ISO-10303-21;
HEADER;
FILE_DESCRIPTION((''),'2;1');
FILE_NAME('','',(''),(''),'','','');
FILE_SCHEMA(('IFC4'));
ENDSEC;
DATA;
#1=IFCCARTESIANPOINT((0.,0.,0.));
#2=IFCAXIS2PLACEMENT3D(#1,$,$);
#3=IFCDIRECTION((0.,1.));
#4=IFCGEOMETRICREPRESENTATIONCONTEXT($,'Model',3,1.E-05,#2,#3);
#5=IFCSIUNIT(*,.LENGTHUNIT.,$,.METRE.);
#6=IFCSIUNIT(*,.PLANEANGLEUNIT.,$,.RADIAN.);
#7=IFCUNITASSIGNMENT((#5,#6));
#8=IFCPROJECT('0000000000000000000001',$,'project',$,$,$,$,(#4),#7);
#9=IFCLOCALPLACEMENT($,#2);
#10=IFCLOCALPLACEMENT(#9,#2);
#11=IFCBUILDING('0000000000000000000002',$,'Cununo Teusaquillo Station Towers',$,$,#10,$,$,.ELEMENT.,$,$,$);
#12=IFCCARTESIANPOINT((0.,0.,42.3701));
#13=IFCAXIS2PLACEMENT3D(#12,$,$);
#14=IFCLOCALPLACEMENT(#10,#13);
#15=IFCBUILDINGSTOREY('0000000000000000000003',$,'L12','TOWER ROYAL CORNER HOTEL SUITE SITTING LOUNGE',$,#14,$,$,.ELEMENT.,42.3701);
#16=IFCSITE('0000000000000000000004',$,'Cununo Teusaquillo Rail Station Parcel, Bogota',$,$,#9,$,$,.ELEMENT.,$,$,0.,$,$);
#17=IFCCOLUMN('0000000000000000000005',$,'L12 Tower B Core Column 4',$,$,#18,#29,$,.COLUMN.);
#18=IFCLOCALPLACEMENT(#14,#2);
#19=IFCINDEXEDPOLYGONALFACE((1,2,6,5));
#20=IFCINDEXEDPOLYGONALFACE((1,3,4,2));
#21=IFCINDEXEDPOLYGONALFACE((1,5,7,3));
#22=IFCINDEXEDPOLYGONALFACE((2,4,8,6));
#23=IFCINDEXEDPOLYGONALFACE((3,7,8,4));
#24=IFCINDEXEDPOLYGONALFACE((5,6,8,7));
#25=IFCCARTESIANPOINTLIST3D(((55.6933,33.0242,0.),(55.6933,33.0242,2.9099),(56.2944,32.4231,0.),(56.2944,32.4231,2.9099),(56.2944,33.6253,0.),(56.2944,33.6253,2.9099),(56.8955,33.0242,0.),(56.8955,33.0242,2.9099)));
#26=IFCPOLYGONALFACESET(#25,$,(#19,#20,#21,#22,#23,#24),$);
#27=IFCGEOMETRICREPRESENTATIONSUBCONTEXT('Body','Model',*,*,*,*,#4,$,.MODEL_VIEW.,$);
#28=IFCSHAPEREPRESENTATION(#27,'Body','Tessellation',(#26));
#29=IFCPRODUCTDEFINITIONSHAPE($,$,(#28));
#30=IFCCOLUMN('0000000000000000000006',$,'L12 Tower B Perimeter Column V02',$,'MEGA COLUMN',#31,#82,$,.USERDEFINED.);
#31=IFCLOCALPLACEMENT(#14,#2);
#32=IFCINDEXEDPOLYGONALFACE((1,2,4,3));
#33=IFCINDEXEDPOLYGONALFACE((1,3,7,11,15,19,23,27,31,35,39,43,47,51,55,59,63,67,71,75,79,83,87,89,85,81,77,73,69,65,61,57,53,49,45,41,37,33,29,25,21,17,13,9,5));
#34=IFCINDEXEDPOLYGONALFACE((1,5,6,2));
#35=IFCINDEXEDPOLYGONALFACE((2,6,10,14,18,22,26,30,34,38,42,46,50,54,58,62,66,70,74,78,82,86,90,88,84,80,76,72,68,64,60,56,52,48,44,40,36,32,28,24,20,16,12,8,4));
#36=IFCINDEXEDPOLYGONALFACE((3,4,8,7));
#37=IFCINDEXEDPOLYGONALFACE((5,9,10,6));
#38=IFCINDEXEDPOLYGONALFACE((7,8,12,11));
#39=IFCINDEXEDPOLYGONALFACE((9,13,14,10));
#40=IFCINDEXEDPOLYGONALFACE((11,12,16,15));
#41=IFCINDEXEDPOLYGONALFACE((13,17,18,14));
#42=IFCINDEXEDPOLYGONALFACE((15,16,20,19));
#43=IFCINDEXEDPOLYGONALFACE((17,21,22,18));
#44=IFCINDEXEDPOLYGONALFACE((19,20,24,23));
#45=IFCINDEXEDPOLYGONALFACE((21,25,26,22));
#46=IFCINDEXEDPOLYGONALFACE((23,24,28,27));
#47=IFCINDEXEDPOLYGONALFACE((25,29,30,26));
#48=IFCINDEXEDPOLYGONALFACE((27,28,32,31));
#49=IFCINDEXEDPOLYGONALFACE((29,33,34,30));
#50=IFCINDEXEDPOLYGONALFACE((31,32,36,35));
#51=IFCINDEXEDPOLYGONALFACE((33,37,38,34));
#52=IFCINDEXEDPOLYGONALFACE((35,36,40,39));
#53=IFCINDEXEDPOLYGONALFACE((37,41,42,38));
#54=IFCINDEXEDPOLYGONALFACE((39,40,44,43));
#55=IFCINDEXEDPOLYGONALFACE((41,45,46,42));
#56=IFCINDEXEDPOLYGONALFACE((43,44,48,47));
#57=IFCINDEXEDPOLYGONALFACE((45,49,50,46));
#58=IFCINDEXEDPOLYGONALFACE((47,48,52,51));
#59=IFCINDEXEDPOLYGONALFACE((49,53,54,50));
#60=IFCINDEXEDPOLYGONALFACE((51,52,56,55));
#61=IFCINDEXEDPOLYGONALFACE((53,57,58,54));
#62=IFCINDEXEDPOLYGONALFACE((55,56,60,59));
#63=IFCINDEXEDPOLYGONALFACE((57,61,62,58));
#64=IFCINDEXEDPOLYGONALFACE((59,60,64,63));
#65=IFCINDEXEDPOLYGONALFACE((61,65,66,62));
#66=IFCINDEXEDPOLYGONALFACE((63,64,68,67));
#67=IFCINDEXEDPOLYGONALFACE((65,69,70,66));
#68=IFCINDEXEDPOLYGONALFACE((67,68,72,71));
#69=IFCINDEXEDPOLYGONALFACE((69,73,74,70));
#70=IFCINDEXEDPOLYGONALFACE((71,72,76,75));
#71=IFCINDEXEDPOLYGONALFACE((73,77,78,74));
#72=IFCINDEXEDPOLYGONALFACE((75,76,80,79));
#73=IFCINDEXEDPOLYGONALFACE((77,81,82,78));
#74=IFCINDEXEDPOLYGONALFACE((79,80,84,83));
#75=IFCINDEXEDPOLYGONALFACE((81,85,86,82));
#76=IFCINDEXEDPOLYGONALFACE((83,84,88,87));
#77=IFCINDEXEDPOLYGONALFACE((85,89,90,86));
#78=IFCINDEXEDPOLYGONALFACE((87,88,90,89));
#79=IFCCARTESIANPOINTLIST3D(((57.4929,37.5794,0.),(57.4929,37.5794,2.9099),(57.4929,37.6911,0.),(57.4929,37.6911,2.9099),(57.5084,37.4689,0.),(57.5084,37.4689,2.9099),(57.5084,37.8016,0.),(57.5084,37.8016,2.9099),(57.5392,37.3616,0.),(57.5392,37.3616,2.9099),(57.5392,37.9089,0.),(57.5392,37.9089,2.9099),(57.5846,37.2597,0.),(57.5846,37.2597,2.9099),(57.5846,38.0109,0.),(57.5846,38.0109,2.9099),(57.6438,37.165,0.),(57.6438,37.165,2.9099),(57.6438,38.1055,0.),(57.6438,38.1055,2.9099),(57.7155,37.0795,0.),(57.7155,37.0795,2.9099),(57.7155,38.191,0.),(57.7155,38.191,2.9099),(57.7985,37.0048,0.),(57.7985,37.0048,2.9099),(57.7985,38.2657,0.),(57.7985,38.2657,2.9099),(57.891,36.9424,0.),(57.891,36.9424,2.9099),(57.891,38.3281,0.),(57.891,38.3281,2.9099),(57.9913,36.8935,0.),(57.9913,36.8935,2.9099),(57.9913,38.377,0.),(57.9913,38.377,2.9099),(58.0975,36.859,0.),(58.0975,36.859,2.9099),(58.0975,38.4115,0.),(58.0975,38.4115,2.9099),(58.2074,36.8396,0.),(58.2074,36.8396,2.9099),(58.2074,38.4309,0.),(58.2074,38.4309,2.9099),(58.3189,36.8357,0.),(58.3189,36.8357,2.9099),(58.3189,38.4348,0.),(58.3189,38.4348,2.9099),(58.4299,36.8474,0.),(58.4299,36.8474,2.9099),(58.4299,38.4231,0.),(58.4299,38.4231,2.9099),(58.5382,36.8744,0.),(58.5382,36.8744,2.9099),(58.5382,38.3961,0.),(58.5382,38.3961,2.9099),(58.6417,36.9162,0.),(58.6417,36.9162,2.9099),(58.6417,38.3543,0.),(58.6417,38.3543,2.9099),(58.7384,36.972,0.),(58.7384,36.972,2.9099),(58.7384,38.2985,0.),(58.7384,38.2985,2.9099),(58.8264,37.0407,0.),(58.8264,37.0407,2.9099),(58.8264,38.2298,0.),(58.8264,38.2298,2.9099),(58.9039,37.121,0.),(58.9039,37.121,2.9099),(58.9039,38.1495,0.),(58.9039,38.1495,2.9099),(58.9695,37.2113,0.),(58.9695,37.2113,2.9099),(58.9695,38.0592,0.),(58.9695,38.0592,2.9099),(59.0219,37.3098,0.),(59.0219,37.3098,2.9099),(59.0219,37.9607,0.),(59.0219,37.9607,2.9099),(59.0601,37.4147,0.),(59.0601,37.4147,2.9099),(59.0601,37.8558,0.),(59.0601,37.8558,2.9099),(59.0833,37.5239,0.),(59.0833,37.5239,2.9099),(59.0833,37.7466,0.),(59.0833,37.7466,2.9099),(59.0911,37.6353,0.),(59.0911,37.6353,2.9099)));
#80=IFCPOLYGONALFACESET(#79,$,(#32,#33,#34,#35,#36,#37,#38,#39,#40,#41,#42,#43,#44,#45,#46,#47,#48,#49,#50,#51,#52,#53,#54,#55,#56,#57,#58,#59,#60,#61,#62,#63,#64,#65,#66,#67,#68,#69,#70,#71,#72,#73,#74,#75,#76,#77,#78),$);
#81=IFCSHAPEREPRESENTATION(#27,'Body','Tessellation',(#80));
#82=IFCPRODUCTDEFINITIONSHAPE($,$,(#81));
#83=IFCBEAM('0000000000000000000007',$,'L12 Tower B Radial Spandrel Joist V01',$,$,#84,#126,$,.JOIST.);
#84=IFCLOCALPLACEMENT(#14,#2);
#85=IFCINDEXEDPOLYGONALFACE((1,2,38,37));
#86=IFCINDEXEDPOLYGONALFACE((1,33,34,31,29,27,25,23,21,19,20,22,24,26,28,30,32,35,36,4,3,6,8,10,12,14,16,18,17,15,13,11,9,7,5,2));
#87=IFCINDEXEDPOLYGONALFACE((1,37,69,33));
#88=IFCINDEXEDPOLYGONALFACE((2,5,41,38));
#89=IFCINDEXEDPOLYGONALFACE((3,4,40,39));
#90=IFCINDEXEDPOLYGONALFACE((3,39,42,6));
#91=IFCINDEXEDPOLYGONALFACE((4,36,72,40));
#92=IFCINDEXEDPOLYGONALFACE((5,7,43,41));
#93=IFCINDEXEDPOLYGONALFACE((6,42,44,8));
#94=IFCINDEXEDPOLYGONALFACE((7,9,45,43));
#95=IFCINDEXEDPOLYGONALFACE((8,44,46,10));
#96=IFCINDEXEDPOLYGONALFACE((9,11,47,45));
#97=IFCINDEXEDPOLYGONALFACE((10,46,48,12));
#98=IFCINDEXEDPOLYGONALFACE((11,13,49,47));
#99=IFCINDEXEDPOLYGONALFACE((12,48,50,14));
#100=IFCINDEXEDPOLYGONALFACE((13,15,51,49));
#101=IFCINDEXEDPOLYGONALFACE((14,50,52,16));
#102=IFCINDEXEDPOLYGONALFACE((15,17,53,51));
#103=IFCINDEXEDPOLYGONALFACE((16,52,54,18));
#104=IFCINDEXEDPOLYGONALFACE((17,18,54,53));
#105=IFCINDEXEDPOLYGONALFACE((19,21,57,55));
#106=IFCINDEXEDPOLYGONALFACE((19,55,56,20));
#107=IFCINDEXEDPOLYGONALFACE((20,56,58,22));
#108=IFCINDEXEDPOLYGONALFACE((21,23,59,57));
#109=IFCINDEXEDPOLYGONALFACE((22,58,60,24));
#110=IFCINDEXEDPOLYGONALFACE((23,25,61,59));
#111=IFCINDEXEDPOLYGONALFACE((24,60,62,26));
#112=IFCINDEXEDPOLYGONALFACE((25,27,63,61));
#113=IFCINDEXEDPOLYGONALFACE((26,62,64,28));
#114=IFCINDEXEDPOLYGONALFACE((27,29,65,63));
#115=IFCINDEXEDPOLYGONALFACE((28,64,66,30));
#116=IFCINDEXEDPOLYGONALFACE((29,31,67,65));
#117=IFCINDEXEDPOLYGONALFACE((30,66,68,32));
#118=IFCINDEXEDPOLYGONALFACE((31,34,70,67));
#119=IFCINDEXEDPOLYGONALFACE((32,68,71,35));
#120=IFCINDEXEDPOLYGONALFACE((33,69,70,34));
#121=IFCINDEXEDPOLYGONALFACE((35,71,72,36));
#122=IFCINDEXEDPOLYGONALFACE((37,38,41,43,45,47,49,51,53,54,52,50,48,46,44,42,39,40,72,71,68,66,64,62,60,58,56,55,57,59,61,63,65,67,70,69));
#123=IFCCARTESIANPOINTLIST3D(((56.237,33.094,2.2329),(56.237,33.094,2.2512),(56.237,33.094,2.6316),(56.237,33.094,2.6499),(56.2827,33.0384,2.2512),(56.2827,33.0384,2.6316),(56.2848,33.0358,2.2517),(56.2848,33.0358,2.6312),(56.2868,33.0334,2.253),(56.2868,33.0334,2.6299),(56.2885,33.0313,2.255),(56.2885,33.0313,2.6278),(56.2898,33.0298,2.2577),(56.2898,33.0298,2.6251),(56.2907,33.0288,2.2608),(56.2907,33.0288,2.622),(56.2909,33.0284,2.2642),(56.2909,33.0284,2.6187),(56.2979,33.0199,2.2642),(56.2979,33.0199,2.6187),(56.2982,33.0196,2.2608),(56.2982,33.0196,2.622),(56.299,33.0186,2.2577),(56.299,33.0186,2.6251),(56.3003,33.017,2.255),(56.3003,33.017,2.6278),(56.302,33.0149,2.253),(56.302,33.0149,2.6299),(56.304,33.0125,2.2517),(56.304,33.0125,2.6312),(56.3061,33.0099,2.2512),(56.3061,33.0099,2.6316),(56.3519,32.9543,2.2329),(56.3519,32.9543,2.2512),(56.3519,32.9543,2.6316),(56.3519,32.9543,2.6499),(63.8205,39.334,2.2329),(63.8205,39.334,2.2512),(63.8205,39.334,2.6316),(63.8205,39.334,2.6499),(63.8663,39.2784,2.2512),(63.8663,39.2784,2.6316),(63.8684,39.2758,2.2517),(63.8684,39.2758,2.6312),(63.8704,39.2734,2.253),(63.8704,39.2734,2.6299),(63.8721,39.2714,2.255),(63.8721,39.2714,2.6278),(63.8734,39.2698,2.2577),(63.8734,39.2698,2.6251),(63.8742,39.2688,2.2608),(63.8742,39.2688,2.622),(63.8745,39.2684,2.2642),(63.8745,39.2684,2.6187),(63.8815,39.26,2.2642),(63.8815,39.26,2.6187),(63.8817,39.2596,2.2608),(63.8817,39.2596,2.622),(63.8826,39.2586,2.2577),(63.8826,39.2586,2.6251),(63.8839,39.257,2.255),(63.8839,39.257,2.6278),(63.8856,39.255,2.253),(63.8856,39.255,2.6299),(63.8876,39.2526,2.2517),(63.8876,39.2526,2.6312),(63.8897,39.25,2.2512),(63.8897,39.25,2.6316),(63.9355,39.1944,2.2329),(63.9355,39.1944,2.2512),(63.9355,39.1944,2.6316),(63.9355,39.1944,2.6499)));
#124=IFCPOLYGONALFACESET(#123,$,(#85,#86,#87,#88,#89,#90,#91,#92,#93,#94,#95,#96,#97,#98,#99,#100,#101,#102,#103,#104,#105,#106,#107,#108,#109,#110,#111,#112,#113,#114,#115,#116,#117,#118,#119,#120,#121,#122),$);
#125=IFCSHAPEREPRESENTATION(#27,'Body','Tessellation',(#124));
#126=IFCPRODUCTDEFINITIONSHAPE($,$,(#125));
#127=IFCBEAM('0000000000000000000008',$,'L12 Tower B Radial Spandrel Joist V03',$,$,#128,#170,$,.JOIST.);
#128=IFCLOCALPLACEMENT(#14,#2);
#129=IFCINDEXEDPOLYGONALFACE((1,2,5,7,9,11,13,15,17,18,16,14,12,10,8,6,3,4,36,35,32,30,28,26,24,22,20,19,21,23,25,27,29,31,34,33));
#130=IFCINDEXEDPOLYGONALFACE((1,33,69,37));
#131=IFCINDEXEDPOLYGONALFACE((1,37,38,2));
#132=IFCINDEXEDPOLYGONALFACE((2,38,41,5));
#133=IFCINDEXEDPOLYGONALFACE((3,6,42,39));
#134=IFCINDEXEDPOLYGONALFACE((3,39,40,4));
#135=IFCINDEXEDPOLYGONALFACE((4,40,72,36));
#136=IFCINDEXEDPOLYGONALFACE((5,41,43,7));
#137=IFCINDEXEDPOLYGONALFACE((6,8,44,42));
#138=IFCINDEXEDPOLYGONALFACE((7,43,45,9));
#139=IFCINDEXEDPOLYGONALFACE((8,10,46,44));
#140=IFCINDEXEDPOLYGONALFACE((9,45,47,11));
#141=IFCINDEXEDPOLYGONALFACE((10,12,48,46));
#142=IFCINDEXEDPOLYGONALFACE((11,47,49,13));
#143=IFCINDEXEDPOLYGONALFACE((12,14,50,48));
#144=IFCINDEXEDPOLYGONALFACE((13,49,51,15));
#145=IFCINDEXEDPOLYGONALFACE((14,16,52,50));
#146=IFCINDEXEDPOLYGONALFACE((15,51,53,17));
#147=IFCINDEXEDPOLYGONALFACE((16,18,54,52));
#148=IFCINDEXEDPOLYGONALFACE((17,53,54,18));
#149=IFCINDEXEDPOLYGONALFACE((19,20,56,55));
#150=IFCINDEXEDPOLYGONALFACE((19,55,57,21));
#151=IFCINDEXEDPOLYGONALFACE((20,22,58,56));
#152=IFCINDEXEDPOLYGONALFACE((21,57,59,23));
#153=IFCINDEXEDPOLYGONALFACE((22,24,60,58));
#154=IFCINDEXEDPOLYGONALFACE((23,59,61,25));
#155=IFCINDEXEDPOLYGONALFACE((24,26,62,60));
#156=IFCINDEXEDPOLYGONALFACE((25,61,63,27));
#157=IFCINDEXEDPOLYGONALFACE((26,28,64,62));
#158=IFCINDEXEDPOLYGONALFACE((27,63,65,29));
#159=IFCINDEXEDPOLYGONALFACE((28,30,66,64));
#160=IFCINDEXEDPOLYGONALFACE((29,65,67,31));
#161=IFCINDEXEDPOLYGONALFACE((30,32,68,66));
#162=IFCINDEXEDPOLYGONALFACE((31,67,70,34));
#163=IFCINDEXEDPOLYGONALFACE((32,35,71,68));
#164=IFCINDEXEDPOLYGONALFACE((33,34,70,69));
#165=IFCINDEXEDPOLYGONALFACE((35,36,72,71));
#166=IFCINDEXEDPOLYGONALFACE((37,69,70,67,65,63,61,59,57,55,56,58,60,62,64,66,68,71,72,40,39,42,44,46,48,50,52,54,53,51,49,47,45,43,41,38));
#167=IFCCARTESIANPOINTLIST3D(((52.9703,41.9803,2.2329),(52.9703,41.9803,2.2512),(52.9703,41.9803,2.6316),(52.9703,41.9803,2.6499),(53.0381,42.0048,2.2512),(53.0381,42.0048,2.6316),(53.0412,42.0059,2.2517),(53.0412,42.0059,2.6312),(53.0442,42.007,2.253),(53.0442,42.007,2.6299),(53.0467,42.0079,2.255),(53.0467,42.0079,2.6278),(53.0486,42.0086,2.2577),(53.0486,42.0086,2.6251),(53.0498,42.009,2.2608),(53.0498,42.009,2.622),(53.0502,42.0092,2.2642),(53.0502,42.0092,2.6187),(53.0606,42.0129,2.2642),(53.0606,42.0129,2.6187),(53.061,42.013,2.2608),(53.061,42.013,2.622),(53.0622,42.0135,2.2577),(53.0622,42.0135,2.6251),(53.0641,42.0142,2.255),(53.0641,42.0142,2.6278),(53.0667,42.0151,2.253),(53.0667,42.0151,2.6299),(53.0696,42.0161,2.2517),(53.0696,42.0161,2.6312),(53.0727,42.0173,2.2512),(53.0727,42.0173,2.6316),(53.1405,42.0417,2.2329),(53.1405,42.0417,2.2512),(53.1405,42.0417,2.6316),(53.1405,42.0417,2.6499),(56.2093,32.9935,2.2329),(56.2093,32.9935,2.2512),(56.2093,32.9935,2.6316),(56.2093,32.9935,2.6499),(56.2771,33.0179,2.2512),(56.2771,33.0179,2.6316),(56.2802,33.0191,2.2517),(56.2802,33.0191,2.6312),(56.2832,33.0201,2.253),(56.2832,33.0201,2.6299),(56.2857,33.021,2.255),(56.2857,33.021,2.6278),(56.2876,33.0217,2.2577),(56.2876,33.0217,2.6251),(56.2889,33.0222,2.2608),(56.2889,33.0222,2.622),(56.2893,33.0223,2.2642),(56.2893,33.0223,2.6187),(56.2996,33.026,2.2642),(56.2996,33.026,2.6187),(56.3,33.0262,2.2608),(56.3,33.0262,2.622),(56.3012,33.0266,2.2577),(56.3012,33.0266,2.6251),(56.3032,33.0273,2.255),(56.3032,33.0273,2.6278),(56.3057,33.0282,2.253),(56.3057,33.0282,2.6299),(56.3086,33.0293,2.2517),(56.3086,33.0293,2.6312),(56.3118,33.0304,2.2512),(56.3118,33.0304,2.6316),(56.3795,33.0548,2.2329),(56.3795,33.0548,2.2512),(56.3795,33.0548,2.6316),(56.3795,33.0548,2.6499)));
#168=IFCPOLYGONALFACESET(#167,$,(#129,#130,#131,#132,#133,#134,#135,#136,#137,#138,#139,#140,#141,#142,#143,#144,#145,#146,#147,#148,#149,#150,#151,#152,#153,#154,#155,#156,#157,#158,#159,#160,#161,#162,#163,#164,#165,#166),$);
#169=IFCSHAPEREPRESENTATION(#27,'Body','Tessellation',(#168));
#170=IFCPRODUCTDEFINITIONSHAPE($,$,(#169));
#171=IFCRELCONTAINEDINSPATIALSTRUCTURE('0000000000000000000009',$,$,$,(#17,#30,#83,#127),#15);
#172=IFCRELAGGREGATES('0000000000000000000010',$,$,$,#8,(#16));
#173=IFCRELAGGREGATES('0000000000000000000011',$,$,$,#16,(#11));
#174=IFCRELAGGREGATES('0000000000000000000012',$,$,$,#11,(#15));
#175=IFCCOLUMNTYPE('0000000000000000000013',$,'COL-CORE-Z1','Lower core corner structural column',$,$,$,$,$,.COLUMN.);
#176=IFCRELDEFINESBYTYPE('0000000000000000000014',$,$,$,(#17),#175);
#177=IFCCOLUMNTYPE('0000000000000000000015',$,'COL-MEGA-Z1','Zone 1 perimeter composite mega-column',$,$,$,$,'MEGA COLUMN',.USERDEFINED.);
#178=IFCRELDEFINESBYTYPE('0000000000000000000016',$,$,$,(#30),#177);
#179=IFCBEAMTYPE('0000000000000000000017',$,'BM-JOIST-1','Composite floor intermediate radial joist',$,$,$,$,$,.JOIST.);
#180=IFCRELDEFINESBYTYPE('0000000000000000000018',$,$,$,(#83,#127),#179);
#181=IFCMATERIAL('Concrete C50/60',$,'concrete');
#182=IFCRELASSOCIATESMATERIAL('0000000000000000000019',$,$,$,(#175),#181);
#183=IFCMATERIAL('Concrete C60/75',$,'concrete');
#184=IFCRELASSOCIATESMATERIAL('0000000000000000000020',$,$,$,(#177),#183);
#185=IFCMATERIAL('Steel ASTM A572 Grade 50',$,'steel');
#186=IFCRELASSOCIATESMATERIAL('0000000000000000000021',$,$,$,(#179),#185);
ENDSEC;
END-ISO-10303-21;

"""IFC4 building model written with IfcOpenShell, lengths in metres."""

from ifc_helpers import new_model, si_unit, direction, frame, origin, origin_2d, place, context, subcontext, project, spatial, rectangle, circle, i_section, extrude, material, material_profile, profile_set, type_object, element, save


model = new_model("IFC4")

# Units and contexts
model_context = context("Model", 3, precision=1e-05, world=origin(), true_north=direction((0.0, 1.0)))
body_context = subcontext(model_context, "Body", "Model", "MODEL_VIEW")
ifc_project = project(units=[si_unit("LENGTHUNIT", "METRE"), si_unit("PLANEANGLEUNIT", "RADIAN")], contexts=[model_context])

# Site, building, storey
site_placement = place(None, origin())
site = spatial("IfcSite", under=ifc_project, at=site_placement, Name="Cununo Teusaquillo Rail Station Parcel, Bogota", CompositionType="ELEMENT", RefElevation=0.0)
building_placement = place(site_placement, origin())
building = spatial("IfcBuilding", under=site, at=building_placement, Name="Cununo Teusaquillo Station Towers", CompositionType="ELEMENT")
storey_placement = place(building_placement, frame((0.0, 0.0, 42.3701)))
storey = spatial("IfcBuildingStorey", under=building, at=storey_placement, Name="L12", Description="TOWER ROYAL CORNER HOTEL SUITE SITTING LOUNGE", CompositionType="ELEMENT", Elevation=42.3701)

# Columns
ifc_material_1 = material(Name="Concrete C50/60", Category="concrete")
ifc_material_profile_1 = material_profile(ifc_material_1, rectangle(XDim=0.8501, YDim=0.8501, at=origin_2d()), Name="RC-RECT-850x850")
ifc_profile_set_1 = profile_set([ifc_material_profile_1], Name="Concrete C50/60")
column_type_1 = type_object("IfcColumnType", Name="COL-CORE-Z1", Description="Lower core corner structural column", PredefinedType="COLUMN", material=ifc_profile_set_1)
column_1_placement = place(storey_placement, frame((56.2944, 33.0242, 0.0), z_axis=(0.0, 0.0, 1.0), x_axis=(0.707107, 0.707107, 0.0)))
element("IfcColumn", 1, at=column_1_placement, inside=storey, type_object=column_type_1, Name="L12 Tower B Core Column 4", PredefinedType="COLUMN", context=body_context, shape_type="SweptSolid", body=[
    extrude(rectangle(XDim=0.8501, YDim=0.8501, at=origin_2d()), origin(), (0.0, 0.0, 1.0), 2.9099),
])
ifc_material_2 = material(Name="Concrete C60/75", Category="concrete")
ifc_material_profile_2 = material_profile(ifc_material_2, circle(Radius=0.8, at=origin_2d()), Name="RC-CIRC-1600")
ifc_profile_set_2 = profile_set([ifc_material_profile_2], Name="Concrete C60/75")
column_type_2 = type_object("IfcColumnType", Name="COL-MEGA-Z1", Description="Zone 1 perimeter composite mega-column", ElementType="MEGA COLUMN", PredefinedType="USERDEFINED", material=ifc_profile_set_2)
column_2_placement = place(storey_placement, frame((58.291, 37.6353, 0.0), z_axis=(0.0, 0.0, 1.0), x_axis=(1.0, 0.0, 0.0)))
element("IfcColumn", 2, at=column_2_placement, inside=storey, type_object=column_type_2, Name="L12 Tower B Perimeter Column V02", ObjectType="MEGA COLUMN", PredefinedType="USERDEFINED", context=body_context, shape_type="SweptSolid", body=[
    extrude(circle(Radius=0.8, at=origin_2d()), origin(), (0.0, 0.0, 1.0), 2.9099),
])

# Beams
ifc_material_3 = material(Name="Steel ASTM A572 Grade 50", Category="steel")
ifc_material_profile_3 = material_profile(ifc_material_3, i_section(OverallWidth=0.1809, OverallDepth=0.417, WebThickness=0.011, FlangeThickness=0.0183, FilletRadius=0.0129, at=origin_2d()), Name="W16X57")
ifc_profile_set_3 = profile_set([ifc_material_profile_3], Name="Steel ASTM A572 Grade 50")
beam_type_1 = type_object("IfcBeamType", Name="BM-JOIST-1", Description="Composite floor intermediate radial joist", PredefinedType="JOIST", material=ifc_profile_set_3)
beam_1_placement = place(storey_placement, frame((56.2944, 33.0242, 2.4414), z_axis=(0.772192, 0.635389, 0.0), x_axis=(-0.635389, 0.772192, 0.0)))
element("IfcBeam", 3, at=beam_1_placement, inside=storey, type_object=beam_type_1, Name="L12 Tower B Radial Spandrel Joist V01", PredefinedType="JOIST", context=body_context, shape_type="SweptSolid", body=[
    extrude(i_section(OverallWidth=0.1809, OverallDepth=0.417, WebThickness=0.011, FlangeThickness=0.0183, FilletRadius=0.0129, at=origin_2d()), origin(), (0.0, 0.0, 1.0), 9.8208),
])
beam_2_placement = place(storey_placement, frame((56.2944, 33.0242, 2.4414), z_axis=(-0.339068, 0.940762, 0.0), x_axis=(-0.940762, -0.339068, 0.0)))
element("IfcBeam", 4, at=beam_2_placement, inside=storey, type_object=beam_type_1, Name="L12 Tower B Radial Spandrel Joist V03", PredefinedType="JOIST", context=body_context, shape_type="SweptSolid", body=[
    extrude(i_section(OverallWidth=0.1809, OverallDepth=0.417, WebThickness=0.011, FlangeThickness=0.0183, FilletRadius=0.0129, at=origin_2d()), origin(), (0.0, 0.0, 1.0), 9.5527),
])

save(model, "model.ifc")
